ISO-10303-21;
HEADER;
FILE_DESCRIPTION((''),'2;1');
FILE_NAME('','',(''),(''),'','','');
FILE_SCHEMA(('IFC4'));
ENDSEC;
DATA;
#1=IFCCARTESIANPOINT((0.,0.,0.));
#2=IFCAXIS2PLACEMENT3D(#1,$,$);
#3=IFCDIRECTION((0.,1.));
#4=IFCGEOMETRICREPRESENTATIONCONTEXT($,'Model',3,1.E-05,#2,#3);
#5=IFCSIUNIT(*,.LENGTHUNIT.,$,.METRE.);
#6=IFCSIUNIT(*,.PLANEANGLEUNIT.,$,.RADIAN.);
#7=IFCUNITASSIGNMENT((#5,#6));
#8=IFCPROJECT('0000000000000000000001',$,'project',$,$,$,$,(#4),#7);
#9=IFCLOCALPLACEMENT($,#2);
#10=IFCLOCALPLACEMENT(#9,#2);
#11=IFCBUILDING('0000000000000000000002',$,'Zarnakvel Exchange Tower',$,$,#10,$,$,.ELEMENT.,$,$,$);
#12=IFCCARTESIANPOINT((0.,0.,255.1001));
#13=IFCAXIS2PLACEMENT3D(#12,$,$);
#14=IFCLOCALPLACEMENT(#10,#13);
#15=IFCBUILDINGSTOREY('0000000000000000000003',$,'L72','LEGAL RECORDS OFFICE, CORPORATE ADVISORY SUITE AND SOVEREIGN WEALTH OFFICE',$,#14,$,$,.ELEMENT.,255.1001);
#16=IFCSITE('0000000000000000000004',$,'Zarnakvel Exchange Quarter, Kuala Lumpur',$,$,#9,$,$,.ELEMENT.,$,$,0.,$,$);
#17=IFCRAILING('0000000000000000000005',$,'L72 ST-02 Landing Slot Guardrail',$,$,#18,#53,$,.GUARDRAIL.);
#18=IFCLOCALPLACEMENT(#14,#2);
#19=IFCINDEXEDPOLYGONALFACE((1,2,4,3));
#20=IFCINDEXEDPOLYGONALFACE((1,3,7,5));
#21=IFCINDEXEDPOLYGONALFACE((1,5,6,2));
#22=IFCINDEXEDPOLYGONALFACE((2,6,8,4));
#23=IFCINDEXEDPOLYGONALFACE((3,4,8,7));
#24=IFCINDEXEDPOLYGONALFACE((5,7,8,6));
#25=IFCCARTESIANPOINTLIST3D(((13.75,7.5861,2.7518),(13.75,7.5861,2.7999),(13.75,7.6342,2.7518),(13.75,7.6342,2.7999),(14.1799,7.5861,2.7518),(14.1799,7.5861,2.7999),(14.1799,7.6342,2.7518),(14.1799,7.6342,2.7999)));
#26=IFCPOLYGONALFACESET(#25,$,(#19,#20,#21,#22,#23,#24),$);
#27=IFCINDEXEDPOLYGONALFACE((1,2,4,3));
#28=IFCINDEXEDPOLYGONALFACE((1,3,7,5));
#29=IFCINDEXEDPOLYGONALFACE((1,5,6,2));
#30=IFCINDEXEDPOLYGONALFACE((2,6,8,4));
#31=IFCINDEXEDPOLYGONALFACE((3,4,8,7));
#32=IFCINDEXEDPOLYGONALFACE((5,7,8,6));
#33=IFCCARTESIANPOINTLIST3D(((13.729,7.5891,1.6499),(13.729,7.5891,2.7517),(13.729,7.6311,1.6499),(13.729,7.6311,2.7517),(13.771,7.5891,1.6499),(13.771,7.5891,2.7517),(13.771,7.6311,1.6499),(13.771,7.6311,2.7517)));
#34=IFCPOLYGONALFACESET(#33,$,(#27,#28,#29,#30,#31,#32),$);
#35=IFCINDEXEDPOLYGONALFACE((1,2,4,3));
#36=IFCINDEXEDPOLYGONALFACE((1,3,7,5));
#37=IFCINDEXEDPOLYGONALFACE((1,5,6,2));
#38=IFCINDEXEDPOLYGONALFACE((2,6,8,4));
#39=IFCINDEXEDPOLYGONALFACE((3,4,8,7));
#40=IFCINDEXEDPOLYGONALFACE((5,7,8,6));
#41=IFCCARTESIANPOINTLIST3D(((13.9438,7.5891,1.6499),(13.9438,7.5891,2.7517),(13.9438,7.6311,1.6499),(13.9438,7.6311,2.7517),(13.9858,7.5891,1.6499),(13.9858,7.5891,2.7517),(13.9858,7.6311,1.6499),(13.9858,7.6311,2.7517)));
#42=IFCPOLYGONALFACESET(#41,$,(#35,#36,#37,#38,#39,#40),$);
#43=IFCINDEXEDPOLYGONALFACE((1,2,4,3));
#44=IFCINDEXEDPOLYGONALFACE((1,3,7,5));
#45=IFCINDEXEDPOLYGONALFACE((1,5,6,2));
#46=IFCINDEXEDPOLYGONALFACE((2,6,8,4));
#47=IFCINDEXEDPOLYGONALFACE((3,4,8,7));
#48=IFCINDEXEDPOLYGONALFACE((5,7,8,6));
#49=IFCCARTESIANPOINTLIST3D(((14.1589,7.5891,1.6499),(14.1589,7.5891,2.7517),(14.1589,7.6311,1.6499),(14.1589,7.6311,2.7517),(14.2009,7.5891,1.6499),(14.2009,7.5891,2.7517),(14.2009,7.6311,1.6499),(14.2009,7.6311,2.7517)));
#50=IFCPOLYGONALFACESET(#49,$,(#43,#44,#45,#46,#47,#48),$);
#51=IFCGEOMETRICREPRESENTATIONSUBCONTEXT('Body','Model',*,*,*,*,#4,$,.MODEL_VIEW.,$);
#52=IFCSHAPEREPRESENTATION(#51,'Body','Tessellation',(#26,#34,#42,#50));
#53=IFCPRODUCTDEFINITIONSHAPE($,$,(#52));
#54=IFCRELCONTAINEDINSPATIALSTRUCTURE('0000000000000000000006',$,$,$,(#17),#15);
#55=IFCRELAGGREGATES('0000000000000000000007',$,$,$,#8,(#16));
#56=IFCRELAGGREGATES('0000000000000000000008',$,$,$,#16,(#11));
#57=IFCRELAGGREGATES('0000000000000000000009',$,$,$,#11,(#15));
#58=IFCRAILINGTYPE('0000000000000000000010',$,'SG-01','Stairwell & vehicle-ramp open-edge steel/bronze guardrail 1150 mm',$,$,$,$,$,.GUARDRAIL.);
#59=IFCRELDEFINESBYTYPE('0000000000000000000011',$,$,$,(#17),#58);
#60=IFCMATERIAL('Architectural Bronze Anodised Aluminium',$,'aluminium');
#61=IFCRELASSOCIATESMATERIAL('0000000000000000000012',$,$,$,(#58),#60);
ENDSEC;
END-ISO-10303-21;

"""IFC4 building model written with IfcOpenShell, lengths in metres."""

from ifc_helpers import new_model, si_unit, direction, frame, origin, origin_2d, place, context, subcontext, project, spatial, rectangle, extrude, material, type_object, element, save


model = new_model("IFC4")

# Units and contexts
model_context = context("Model", 3, precision=1e-05, world=origin(), true_north=direction((0.0, 1.0)))
body_context = subcontext(model_context, "Body", "Model", "MODEL_VIEW")
ifc_project = project(units=[si_unit("LENGTHUNIT", "METRE"), si_unit("PLANEANGLEUNIT", "RADIAN")], contexts=[model_context])

# Site, building, storey
site_placement = place(None, origin())
site = spatial("IfcSite", under=ifc_project, at=site_placement, Name="Zarnakvel Exchange Quarter, Kuala Lumpur", CompositionType="ELEMENT", RefElevation=0.0)
building_placement = place(site_placement, origin())
building = spatial("IfcBuilding", under=site, at=building_placement, Name="Zarnakvel Exchange Tower", CompositionType="ELEMENT")
storey_placement = place(building_placement, frame((0.0, 0.0, 255.1001)))
storey = spatial("IfcBuildingStorey", under=building, at=storey_placement, Name="L72", Description="LEGAL RECORDS OFFICE, CORPORATE ADVISORY SUITE AND SOVEREIGN WEALTH OFFICE", CompositionType="ELEMENT", Elevation=255.1001)

# Shared definitions
ifc_material_1 = material(Name="Architectural Bronze Anodised Aluminium", Category="aluminium")

# Railing
railing_type_1 = type_object("IfcRailingType", Name="SG-01", Description="Stairwell & vehicle-ramp open-edge steel/bronze guardrail 1150 mm", PredefinedType="GUARDRAIL", material=ifc_material_1)
railing_1_placement = place(storey_placement, frame((13.75, 7.6101, 1.6499)))
element("IfcRailing", 1, at=railing_1_placement, inside=storey, type_object=railing_type_1, Name="L72 ST-02 Landing Slot Guardrail", PredefinedType="GUARDRAIL", context=body_context, shape_type="SweptSolid", body=[
    extrude(rectangle(XDim=0.0481, YDim=0.0481, at=origin_2d()), frame((0.0, 0.0, 1.126), z_axis=(1.0, 0.0, 0.0), x_axis=(0.0, 1.0, 0.0)), (0.0, 0.0, 1.0), 0.4299),
    extrude(rectangle(XDim=0.042, YDim=0.042, at=origin_2d()), origin(), (0.0, 0.0, 1.0), 1.1018),
    extrude(rectangle(XDim=0.042, YDim=0.042, at=origin_2d()), frame((0.2148, 0.0, 0.0)), (0.0, 0.0, 1.0), 1.1018),
    extrude(rectangle(XDim=0.042, YDim=0.042, at=origin_2d()), frame((0.4299, 0.0, 0.0)), (0.0, 0.0, 1.0), 1.1018),
])

save(model, "model.ifc")
